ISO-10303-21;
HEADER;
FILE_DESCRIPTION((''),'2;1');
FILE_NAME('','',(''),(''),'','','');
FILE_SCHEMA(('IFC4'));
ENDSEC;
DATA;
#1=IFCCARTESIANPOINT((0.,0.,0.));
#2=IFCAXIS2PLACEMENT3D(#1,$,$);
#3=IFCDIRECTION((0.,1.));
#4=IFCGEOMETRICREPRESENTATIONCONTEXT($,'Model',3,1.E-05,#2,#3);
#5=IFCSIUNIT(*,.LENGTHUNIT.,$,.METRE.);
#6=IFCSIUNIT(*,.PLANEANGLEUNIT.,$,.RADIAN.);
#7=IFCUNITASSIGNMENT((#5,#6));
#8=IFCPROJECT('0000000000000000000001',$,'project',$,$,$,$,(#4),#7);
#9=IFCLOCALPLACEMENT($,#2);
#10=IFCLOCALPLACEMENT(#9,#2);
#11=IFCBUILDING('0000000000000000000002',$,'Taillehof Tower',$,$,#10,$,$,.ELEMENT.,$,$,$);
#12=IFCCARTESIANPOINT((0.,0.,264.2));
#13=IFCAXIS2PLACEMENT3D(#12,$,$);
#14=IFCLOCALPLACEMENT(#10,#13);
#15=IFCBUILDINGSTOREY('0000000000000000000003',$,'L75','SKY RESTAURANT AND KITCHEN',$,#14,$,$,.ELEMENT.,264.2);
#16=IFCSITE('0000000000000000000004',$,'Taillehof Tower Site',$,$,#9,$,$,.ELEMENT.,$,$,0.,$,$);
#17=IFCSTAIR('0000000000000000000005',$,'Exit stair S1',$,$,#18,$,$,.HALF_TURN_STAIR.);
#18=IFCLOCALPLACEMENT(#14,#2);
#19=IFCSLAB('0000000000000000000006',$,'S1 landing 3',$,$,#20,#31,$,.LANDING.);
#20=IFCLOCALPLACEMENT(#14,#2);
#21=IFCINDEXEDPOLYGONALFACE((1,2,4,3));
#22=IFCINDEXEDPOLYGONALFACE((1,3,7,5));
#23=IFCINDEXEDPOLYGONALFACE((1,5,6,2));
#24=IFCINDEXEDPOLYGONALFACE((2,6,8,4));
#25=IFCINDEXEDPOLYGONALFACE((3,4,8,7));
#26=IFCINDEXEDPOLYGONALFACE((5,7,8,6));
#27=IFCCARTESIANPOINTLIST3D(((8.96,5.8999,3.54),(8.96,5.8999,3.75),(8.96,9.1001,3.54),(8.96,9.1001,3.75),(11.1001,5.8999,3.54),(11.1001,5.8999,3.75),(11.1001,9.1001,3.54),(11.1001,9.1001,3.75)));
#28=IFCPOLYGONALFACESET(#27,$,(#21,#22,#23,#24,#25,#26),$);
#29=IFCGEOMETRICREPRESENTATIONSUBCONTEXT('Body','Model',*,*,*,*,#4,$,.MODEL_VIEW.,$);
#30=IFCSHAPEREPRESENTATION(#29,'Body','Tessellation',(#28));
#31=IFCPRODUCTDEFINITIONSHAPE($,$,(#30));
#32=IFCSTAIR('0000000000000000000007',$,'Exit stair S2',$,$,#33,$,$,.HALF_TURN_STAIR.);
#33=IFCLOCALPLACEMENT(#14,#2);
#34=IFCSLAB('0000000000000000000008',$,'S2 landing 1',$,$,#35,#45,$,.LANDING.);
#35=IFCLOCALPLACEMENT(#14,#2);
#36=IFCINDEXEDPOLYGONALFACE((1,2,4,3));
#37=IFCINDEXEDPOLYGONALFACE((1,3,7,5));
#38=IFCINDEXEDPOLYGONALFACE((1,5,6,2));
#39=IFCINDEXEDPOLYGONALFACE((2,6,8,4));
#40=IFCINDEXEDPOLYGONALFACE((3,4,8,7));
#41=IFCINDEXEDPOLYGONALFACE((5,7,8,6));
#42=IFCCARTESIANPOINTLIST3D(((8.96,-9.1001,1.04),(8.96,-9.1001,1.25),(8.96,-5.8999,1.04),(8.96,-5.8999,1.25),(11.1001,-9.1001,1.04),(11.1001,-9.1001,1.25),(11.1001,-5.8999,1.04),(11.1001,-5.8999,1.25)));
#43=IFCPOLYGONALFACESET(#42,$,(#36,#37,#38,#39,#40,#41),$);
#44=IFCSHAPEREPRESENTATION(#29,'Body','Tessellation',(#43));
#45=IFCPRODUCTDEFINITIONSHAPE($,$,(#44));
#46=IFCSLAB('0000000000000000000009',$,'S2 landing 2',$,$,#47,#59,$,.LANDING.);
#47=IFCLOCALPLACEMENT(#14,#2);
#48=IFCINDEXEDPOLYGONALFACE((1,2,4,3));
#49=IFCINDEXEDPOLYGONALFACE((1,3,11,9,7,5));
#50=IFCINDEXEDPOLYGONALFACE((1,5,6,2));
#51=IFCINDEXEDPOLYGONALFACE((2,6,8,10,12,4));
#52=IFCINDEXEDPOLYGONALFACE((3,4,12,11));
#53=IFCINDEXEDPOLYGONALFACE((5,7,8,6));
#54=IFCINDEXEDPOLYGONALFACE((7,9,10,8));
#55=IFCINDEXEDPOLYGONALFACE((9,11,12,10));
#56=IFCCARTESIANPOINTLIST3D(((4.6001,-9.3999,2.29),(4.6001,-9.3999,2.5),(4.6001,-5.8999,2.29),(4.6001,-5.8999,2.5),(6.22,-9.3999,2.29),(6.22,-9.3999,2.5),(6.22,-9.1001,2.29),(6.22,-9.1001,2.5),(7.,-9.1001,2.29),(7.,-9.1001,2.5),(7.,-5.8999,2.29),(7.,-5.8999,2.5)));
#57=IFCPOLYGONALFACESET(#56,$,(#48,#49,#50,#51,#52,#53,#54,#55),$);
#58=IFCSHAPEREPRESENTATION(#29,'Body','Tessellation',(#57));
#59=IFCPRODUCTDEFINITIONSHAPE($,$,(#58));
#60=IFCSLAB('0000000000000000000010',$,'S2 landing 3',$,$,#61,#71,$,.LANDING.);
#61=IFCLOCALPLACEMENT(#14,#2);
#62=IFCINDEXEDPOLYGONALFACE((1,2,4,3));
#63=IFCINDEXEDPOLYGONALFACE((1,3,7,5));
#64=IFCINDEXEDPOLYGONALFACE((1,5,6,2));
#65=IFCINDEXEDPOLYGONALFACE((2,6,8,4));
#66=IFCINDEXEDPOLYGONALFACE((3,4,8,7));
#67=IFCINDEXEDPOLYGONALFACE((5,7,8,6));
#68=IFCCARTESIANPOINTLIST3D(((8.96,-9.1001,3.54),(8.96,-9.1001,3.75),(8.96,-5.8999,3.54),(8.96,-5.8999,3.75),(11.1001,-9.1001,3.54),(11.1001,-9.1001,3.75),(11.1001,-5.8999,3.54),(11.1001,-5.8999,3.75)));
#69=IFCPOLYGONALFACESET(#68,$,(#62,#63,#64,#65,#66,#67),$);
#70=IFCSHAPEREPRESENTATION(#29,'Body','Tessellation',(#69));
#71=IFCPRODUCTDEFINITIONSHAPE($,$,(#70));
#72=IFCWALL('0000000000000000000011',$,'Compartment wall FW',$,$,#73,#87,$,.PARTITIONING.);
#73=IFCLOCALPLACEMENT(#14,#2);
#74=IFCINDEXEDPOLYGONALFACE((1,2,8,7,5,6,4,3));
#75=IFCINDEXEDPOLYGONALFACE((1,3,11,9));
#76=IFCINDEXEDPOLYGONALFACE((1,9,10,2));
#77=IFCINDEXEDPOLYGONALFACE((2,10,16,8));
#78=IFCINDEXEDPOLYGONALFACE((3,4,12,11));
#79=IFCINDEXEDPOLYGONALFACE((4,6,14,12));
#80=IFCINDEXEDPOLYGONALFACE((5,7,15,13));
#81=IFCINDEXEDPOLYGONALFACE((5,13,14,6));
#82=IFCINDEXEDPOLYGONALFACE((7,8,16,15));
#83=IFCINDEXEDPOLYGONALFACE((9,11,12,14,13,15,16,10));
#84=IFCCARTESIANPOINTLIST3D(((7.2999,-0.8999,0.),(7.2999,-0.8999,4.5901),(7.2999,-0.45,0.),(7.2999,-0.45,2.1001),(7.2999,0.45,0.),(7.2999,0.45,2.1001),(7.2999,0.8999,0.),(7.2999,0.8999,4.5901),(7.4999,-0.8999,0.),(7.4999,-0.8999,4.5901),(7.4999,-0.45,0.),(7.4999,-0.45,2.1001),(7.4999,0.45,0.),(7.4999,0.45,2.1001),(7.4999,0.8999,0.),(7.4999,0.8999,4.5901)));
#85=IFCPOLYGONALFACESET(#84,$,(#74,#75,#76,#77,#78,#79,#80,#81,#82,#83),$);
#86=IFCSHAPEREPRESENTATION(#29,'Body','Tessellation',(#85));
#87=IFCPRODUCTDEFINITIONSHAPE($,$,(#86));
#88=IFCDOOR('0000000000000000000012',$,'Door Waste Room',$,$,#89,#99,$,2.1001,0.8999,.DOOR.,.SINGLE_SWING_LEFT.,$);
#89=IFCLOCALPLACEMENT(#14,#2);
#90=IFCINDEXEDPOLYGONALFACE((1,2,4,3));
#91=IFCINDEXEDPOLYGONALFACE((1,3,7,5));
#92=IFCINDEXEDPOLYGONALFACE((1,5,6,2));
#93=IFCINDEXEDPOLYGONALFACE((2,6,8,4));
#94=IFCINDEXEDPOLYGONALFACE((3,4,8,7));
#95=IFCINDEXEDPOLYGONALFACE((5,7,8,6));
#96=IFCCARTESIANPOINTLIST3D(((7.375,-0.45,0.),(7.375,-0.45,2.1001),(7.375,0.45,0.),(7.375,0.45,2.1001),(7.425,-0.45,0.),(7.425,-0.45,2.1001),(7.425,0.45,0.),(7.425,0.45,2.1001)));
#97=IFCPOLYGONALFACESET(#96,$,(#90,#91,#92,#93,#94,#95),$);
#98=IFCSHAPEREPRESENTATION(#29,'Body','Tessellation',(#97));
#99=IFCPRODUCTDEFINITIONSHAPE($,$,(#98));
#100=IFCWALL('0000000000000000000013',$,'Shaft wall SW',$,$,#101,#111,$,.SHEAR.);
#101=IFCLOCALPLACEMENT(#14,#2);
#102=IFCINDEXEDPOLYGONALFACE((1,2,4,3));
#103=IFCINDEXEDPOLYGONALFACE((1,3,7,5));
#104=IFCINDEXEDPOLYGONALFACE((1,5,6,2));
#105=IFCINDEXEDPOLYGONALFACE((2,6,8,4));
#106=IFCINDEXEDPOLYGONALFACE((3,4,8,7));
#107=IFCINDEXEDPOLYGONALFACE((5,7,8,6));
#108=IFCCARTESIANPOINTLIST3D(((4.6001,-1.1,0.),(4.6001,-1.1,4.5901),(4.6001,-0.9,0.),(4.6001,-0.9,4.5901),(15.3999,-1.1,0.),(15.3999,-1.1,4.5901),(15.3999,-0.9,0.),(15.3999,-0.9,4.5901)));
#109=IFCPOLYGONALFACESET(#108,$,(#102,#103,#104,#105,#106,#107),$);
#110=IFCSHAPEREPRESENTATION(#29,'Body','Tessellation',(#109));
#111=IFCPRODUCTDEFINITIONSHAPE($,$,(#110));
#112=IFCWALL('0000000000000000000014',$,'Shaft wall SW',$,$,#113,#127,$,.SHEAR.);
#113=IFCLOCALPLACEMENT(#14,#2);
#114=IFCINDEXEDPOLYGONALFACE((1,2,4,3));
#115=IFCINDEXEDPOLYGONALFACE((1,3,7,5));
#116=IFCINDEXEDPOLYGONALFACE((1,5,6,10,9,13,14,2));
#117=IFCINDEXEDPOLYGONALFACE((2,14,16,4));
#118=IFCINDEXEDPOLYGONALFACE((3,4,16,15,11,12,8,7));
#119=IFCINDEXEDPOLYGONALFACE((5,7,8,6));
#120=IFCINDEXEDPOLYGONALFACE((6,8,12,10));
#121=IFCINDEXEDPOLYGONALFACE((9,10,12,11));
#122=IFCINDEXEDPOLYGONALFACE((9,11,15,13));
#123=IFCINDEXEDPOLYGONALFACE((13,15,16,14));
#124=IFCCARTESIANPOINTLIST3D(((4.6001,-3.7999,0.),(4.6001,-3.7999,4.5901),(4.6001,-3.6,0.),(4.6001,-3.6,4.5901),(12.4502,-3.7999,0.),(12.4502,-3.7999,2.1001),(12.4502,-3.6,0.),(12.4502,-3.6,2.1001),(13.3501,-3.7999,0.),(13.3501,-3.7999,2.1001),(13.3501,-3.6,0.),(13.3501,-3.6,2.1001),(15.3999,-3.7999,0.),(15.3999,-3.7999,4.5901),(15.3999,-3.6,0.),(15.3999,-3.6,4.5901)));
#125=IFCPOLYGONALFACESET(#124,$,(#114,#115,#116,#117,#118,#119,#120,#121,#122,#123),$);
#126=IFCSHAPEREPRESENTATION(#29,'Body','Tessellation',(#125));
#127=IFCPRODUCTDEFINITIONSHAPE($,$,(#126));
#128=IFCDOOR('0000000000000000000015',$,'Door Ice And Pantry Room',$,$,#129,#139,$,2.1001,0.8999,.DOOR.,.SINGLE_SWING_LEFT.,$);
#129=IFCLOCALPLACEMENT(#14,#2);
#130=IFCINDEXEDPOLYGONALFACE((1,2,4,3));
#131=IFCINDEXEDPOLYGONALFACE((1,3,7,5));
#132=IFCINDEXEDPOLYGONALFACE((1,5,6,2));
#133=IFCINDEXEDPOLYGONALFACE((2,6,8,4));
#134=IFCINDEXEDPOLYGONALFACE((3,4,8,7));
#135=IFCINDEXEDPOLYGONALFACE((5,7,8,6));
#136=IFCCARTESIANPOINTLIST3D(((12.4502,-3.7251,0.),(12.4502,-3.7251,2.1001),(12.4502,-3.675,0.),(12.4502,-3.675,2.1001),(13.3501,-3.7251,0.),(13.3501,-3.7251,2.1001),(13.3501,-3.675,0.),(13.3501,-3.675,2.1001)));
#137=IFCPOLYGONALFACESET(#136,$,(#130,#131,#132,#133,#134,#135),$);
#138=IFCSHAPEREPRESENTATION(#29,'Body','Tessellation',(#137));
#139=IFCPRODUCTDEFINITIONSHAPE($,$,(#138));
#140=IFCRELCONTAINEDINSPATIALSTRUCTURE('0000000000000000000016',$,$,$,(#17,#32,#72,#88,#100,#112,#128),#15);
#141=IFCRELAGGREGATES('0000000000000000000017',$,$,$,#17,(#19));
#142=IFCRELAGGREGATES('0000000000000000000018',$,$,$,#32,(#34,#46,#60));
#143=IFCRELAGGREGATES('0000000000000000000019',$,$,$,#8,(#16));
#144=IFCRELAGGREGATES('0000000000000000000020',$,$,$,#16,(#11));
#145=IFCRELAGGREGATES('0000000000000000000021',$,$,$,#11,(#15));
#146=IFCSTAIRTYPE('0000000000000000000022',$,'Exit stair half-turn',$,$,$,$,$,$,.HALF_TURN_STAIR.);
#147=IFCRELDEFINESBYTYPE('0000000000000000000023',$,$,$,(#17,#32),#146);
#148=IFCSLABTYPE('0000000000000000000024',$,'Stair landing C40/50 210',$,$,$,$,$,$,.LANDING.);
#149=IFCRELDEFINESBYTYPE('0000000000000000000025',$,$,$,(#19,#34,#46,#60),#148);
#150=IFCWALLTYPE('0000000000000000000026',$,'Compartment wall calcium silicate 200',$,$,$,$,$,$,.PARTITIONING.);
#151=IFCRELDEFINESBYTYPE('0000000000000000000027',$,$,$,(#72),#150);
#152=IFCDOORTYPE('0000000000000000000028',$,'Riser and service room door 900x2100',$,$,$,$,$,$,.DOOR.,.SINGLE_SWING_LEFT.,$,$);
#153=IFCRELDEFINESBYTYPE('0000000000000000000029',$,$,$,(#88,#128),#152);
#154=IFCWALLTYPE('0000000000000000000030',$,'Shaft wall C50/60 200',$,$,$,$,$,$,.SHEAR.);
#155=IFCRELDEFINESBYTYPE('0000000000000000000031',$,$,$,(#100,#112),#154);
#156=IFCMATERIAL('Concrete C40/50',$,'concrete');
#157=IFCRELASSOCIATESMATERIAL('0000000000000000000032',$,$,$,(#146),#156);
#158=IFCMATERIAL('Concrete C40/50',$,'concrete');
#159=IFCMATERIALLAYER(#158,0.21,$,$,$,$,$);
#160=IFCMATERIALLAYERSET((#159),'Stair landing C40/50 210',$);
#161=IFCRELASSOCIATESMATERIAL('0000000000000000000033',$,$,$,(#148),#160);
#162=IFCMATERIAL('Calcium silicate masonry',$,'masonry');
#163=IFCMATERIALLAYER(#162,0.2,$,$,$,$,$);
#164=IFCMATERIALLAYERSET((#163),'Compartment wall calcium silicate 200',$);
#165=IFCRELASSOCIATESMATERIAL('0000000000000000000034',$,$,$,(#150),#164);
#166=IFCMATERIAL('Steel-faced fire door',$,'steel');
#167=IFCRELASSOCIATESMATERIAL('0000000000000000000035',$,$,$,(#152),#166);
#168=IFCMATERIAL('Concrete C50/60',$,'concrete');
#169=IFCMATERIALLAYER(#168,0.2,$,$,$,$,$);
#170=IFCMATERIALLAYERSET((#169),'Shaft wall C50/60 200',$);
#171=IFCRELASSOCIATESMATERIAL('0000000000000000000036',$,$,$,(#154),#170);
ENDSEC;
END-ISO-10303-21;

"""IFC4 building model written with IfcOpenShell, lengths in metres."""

from ifc_helpers import new_model, si_unit, direction, frame, frame_2d, origin, place, context, subcontext, project, spatial, polyline, rectangle, outline, extrude, material, layer, layer_set, type_object, element, fill, aggregate, save


model = new_model("IFC4")

# Units and contexts
model_context = context("Model", 3, precision=1e-05, world=origin(), true_north=direction((0.0, 1.0)))
body_context = subcontext(model_context, "Body", "Model", "MODEL_VIEW")
ifc_project = project(units=[si_unit("LENGTHUNIT", "METRE"), si_unit("PLANEANGLEUNIT", "RADIAN")], contexts=[model_context])

# Site, building, storey
site_placement = place(None, origin())
site = spatial("IfcSite", under=ifc_project, at=site_placement, Name="Taillehof Tower Site", CompositionType="ELEMENT", RefElevation=0.0)
building_placement = place(site_placement, origin())
building = spatial("IfcBuilding", under=site, at=building_placement, Name="Taillehof Tower", CompositionType="ELEMENT")
storey_placement = place(building_placement, frame((0.0, 0.0, 264.2)))
storey = spatial("IfcBuildingStorey", under=building, at=storey_placement, Name="L75", Description="SKY RESTAURANT AND KITCHEN", CompositionType="ELEMENT", Elevation=264.2)

# Stairs, slabs
ifc_material_1 = material(Name="Concrete C40/50", Category="concrete")
stair_type = type_object("IfcStairType", Name="Exit stair half-turn", PredefinedType="HALF_TURN_STAIR", material=ifc_material_1)
stair_1_placement = place(storey_placement, origin())
stair_1 = element("IfcStair", 1, at=stair_1_placement, inside=storey, type_object=stair_type, Name="Exit stair S1", PredefinedType="HALF_TURN_STAIR")
ifc_material_2 = material(Name="Concrete C40/50", Category="concrete")
ifc_layer_1 = layer(ifc_material_2, 0.21)
ifc_layer_set_1 = layer_set([ifc_layer_1], Name="Stair landing C40/50 210")
slab_type_1 = type_object("IfcSlabType", Name="Stair landing C40/50 210", PredefinedType="LANDING", material=ifc_layer_set_1)
slab_1_placement = place(storey_placement, frame((0.0, 0.0, 3.54)))
slab_1 = element("IfcSlab", 2, at=slab_1_placement, type_object=slab_type_1, Name="S1 landing 3", PredefinedType="LANDING", context=body_context, shape_type="SweptSolid", body=[
    extrude(outline(polyline([(8.96, 5.8999), (11.1001, 5.8999), (11.1001, 9.1001), (8.96, 9.1001), (8.96, 5.8999)])), origin(), (0.0, 0.0, 1.0), 0.21),
])
aggregate(stair_1, [slab_1])
stair_2_placement = place(storey_placement, origin())
stair_2 = element("IfcStair", 3, at=stair_2_placement, inside=storey, type_object=stair_type, Name="Exit stair S2", PredefinedType="HALF_TURN_STAIR")
slab_2_placement = place(storey_placement, frame((0.0, 0.0, 1.04)))
slab_2 = element("IfcSlab", 4, at=slab_2_placement, type_object=slab_type_1, Name="S2 landing 1", PredefinedType="LANDING", context=body_context, shape_type="SweptSolid", body=[
    extrude(outline(polyline([(8.96, -5.8999), (11.1001, -5.8999), (11.1001, -9.1001), (8.96, -9.1001), (8.96, -5.8999)])), origin(), (0.0, 0.0, 1.0), 0.21),
])
slab_3_placement = place(storey_placement, frame((0.0, 0.0, 2.29)))
slab_3 = element("IfcSlab", 5, at=slab_3_placement, type_object=slab_type_1, Name="S2 landing 2", PredefinedType="LANDING", context=body_context, shape_type="SweptSolid", body=[
    extrude(outline(polyline([(4.6001, -5.8999), (7.0, -5.8999), (7.0, -9.1001), (6.22, -9.1001), (6.22, -9.3999), (4.6001, -9.3999), (4.6001, -5.8999)])), origin(), (0.0, 0.0, 1.0), 0.21),
])
slab_4_placement = place(storey_placement, frame((0.0, 0.0, 3.54)))
slab_4 = element("IfcSlab", 6, at=slab_4_placement, type_object=slab_type_1, Name="S2 landing 3", PredefinedType="LANDING", context=body_context, shape_type="SweptSolid", body=[
    extrude(outline(polyline([(8.96, -5.8999), (11.1001, -5.8999), (11.1001, -9.1001), (8.96, -9.1001), (8.96, -5.8999)])), origin(), (0.0, 0.0, 1.0), 0.21),
])

# Wall, opening, door
ifc_material_3 = material(Name="Calcium silicate masonry", Category="masonry")
ifc_layer_2 = layer(ifc_material_3, 0.2)
ifc_layer_set_2 = layer_set([ifc_layer_2], Name="Compartment wall calcium silicate 200")
wall_type_1 = type_object("IfcWallType", Name="Compartment wall calcium silicate 200", PredefinedType="PARTITIONING", material=ifc_layer_set_2)
wall_1_placement = place(storey_placement, frame((7.3999, -0.8999, 0.0), z_axis=(0.0, 0.0, 1.0), x_axis=(0.0, 1.0, 0.0)))
wall_1 = element("IfcWall", 7, at=wall_1_placement, inside=storey, type_object=wall_type_1, Name="Compartment wall FW", PredefinedType="PARTITIONING", context=body_context, shape_type="SweptSolid", body=[
    extrude(rectangle(XDim=1.7998, YDim=0.2, at=frame_2d((0.8999, 0.0))), origin(), (0.0, 0.0, 1.0), 4.5901),
])
opening_1_placement = place(wall_1_placement, frame((0.45, 0.0, 0.0)))
opening_1 = element("IfcOpeningElement", 8, at=opening_1_placement, cuts=wall_1, PredefinedType="OPENING", context=body_context, shape_type="SweptSolid", body=[
    extrude(rectangle(XDim=0.8999, YDim=2.1001, at=frame_2d((0.45, 1.05))), frame((0.0, 0.1099, 0.0), z_axis=(0.0, -1.0, 0.0), x_axis=(1.0, 0.0, 0.0)), (0.0, 0.0, 1.0), 0.22),
])
ifc_material_4 = material(Name="Steel-faced fire door", Category="steel")
door_type_1 = type_object("IfcDoorType", Name="Riser and service room door 900x2100", OperationType="SINGLE_SWING_LEFT", PredefinedType="DOOR", material=ifc_material_4)
door_1_placement = place(opening_1_placement, origin())
door_1 = element("IfcDoor", 9, at=door_1_placement, inside=storey, type_object=door_type_1, Name="Door Waste Room", OperationType="SINGLE_SWING_LEFT", OverallHeight=2.1001, OverallWidth=0.8999, PredefinedType="DOOR", context=body_context, shape_type="SweptSolid", body=[
    extrude(rectangle(XDim=0.8999, YDim=2.1001, at=frame_2d((0.45, 1.05))), frame((0.0, 0.0249, 0.0), z_axis=(0.0, -1.0, 0.0), x_axis=(1.0, 0.0, 0.0)), (0.0, 0.0, 1.0), 0.05),
])
fill(opening_1, door_1)

# Wall
ifc_material_5 = material(Name="Concrete C50/60", Category="concrete")
ifc_layer_3 = layer(ifc_material_5, 0.2)
ifc_layer_set_3 = layer_set([ifc_layer_3], Name="Shaft wall C50/60 200")
wall_type_2 = type_object("IfcWallType", Name="Shaft wall C50/60 200", PredefinedType="SHEAR", material=ifc_layer_set_3)
wall_2_placement = place(storey_placement, frame((4.6001, -1.0, 0.0), z_axis=(0.0, 0.0, 1.0), x_axis=(1.0, 0.0, 0.0)))
element("IfcWall", 10, at=wall_2_placement, inside=storey, type_object=wall_type_2, Name="Shaft wall SW", PredefinedType="SHEAR", context=body_context, shape_type="SweptSolid", body=[
    extrude(rectangle(XDim=10.7998, YDim=0.2, at=frame_2d((5.3999, 0.0))), origin(), (0.0, 0.0, 1.0), 4.5901),
])

# Wall, opening, door
wall_3_placement = place(storey_placement, frame((4.6001, -3.7, 0.0), z_axis=(0.0, 0.0, 1.0), x_axis=(1.0, 0.0, 0.0)))
wall_3 = element("IfcWall", 11, at=wall_3_placement, inside=storey, type_object=wall_type_2, Name="Shaft wall SW", PredefinedType="SHEAR", context=body_context, shape_type="SweptSolid", body=[
    extrude(rectangle(XDim=10.7998, YDim=0.2, at=frame_2d((5.3999, 0.0))), origin(), (0.0, 0.0, 1.0), 4.5901),
])
opening_2_placement = place(wall_3_placement, frame((7.8501, 0.0, 0.0)))
opening_2 = element("IfcOpeningElement", 12, at=opening_2_placement, cuts=wall_3, PredefinedType="OPENING", context=body_context, shape_type="SweptSolid", body=[
    extrude(rectangle(XDim=0.8999, YDim=2.1001, at=frame_2d((0.45, 1.05))), frame((0.0, 0.1099, 0.0), z_axis=(0.0, -1.0, 0.0), x_axis=(1.0, 0.0, 0.0)), (0.0, 0.0, 1.0), 0.22),
])
door_2_placement = place(opening_2_placement, origin())
door_2 = element("IfcDoor", 13, at=door_2_placement, inside=storey, type_object=door_type_1, Name="Door Ice And Pantry Room", OperationType="SINGLE_SWING_LEFT", OverallHeight=2.1001, OverallWidth=0.8999, PredefinedType="DOOR", context=body_context, shape_type="SweptSolid", body=[
    extrude(rectangle(XDim=0.8999, YDim=2.1001, at=frame_2d((0.45, 1.05))), frame((0.0, 0.0249, 0.0), z_axis=(0.0, -1.0, 0.0), x_axis=(1.0, 0.0, 0.0)), (0.0, 0.0, 1.0), 0.05),
])
fill(opening_2, door_2)

aggregate(stair_2, [slab_2, slab_3, slab_4])

save(model, "model.ifc")
